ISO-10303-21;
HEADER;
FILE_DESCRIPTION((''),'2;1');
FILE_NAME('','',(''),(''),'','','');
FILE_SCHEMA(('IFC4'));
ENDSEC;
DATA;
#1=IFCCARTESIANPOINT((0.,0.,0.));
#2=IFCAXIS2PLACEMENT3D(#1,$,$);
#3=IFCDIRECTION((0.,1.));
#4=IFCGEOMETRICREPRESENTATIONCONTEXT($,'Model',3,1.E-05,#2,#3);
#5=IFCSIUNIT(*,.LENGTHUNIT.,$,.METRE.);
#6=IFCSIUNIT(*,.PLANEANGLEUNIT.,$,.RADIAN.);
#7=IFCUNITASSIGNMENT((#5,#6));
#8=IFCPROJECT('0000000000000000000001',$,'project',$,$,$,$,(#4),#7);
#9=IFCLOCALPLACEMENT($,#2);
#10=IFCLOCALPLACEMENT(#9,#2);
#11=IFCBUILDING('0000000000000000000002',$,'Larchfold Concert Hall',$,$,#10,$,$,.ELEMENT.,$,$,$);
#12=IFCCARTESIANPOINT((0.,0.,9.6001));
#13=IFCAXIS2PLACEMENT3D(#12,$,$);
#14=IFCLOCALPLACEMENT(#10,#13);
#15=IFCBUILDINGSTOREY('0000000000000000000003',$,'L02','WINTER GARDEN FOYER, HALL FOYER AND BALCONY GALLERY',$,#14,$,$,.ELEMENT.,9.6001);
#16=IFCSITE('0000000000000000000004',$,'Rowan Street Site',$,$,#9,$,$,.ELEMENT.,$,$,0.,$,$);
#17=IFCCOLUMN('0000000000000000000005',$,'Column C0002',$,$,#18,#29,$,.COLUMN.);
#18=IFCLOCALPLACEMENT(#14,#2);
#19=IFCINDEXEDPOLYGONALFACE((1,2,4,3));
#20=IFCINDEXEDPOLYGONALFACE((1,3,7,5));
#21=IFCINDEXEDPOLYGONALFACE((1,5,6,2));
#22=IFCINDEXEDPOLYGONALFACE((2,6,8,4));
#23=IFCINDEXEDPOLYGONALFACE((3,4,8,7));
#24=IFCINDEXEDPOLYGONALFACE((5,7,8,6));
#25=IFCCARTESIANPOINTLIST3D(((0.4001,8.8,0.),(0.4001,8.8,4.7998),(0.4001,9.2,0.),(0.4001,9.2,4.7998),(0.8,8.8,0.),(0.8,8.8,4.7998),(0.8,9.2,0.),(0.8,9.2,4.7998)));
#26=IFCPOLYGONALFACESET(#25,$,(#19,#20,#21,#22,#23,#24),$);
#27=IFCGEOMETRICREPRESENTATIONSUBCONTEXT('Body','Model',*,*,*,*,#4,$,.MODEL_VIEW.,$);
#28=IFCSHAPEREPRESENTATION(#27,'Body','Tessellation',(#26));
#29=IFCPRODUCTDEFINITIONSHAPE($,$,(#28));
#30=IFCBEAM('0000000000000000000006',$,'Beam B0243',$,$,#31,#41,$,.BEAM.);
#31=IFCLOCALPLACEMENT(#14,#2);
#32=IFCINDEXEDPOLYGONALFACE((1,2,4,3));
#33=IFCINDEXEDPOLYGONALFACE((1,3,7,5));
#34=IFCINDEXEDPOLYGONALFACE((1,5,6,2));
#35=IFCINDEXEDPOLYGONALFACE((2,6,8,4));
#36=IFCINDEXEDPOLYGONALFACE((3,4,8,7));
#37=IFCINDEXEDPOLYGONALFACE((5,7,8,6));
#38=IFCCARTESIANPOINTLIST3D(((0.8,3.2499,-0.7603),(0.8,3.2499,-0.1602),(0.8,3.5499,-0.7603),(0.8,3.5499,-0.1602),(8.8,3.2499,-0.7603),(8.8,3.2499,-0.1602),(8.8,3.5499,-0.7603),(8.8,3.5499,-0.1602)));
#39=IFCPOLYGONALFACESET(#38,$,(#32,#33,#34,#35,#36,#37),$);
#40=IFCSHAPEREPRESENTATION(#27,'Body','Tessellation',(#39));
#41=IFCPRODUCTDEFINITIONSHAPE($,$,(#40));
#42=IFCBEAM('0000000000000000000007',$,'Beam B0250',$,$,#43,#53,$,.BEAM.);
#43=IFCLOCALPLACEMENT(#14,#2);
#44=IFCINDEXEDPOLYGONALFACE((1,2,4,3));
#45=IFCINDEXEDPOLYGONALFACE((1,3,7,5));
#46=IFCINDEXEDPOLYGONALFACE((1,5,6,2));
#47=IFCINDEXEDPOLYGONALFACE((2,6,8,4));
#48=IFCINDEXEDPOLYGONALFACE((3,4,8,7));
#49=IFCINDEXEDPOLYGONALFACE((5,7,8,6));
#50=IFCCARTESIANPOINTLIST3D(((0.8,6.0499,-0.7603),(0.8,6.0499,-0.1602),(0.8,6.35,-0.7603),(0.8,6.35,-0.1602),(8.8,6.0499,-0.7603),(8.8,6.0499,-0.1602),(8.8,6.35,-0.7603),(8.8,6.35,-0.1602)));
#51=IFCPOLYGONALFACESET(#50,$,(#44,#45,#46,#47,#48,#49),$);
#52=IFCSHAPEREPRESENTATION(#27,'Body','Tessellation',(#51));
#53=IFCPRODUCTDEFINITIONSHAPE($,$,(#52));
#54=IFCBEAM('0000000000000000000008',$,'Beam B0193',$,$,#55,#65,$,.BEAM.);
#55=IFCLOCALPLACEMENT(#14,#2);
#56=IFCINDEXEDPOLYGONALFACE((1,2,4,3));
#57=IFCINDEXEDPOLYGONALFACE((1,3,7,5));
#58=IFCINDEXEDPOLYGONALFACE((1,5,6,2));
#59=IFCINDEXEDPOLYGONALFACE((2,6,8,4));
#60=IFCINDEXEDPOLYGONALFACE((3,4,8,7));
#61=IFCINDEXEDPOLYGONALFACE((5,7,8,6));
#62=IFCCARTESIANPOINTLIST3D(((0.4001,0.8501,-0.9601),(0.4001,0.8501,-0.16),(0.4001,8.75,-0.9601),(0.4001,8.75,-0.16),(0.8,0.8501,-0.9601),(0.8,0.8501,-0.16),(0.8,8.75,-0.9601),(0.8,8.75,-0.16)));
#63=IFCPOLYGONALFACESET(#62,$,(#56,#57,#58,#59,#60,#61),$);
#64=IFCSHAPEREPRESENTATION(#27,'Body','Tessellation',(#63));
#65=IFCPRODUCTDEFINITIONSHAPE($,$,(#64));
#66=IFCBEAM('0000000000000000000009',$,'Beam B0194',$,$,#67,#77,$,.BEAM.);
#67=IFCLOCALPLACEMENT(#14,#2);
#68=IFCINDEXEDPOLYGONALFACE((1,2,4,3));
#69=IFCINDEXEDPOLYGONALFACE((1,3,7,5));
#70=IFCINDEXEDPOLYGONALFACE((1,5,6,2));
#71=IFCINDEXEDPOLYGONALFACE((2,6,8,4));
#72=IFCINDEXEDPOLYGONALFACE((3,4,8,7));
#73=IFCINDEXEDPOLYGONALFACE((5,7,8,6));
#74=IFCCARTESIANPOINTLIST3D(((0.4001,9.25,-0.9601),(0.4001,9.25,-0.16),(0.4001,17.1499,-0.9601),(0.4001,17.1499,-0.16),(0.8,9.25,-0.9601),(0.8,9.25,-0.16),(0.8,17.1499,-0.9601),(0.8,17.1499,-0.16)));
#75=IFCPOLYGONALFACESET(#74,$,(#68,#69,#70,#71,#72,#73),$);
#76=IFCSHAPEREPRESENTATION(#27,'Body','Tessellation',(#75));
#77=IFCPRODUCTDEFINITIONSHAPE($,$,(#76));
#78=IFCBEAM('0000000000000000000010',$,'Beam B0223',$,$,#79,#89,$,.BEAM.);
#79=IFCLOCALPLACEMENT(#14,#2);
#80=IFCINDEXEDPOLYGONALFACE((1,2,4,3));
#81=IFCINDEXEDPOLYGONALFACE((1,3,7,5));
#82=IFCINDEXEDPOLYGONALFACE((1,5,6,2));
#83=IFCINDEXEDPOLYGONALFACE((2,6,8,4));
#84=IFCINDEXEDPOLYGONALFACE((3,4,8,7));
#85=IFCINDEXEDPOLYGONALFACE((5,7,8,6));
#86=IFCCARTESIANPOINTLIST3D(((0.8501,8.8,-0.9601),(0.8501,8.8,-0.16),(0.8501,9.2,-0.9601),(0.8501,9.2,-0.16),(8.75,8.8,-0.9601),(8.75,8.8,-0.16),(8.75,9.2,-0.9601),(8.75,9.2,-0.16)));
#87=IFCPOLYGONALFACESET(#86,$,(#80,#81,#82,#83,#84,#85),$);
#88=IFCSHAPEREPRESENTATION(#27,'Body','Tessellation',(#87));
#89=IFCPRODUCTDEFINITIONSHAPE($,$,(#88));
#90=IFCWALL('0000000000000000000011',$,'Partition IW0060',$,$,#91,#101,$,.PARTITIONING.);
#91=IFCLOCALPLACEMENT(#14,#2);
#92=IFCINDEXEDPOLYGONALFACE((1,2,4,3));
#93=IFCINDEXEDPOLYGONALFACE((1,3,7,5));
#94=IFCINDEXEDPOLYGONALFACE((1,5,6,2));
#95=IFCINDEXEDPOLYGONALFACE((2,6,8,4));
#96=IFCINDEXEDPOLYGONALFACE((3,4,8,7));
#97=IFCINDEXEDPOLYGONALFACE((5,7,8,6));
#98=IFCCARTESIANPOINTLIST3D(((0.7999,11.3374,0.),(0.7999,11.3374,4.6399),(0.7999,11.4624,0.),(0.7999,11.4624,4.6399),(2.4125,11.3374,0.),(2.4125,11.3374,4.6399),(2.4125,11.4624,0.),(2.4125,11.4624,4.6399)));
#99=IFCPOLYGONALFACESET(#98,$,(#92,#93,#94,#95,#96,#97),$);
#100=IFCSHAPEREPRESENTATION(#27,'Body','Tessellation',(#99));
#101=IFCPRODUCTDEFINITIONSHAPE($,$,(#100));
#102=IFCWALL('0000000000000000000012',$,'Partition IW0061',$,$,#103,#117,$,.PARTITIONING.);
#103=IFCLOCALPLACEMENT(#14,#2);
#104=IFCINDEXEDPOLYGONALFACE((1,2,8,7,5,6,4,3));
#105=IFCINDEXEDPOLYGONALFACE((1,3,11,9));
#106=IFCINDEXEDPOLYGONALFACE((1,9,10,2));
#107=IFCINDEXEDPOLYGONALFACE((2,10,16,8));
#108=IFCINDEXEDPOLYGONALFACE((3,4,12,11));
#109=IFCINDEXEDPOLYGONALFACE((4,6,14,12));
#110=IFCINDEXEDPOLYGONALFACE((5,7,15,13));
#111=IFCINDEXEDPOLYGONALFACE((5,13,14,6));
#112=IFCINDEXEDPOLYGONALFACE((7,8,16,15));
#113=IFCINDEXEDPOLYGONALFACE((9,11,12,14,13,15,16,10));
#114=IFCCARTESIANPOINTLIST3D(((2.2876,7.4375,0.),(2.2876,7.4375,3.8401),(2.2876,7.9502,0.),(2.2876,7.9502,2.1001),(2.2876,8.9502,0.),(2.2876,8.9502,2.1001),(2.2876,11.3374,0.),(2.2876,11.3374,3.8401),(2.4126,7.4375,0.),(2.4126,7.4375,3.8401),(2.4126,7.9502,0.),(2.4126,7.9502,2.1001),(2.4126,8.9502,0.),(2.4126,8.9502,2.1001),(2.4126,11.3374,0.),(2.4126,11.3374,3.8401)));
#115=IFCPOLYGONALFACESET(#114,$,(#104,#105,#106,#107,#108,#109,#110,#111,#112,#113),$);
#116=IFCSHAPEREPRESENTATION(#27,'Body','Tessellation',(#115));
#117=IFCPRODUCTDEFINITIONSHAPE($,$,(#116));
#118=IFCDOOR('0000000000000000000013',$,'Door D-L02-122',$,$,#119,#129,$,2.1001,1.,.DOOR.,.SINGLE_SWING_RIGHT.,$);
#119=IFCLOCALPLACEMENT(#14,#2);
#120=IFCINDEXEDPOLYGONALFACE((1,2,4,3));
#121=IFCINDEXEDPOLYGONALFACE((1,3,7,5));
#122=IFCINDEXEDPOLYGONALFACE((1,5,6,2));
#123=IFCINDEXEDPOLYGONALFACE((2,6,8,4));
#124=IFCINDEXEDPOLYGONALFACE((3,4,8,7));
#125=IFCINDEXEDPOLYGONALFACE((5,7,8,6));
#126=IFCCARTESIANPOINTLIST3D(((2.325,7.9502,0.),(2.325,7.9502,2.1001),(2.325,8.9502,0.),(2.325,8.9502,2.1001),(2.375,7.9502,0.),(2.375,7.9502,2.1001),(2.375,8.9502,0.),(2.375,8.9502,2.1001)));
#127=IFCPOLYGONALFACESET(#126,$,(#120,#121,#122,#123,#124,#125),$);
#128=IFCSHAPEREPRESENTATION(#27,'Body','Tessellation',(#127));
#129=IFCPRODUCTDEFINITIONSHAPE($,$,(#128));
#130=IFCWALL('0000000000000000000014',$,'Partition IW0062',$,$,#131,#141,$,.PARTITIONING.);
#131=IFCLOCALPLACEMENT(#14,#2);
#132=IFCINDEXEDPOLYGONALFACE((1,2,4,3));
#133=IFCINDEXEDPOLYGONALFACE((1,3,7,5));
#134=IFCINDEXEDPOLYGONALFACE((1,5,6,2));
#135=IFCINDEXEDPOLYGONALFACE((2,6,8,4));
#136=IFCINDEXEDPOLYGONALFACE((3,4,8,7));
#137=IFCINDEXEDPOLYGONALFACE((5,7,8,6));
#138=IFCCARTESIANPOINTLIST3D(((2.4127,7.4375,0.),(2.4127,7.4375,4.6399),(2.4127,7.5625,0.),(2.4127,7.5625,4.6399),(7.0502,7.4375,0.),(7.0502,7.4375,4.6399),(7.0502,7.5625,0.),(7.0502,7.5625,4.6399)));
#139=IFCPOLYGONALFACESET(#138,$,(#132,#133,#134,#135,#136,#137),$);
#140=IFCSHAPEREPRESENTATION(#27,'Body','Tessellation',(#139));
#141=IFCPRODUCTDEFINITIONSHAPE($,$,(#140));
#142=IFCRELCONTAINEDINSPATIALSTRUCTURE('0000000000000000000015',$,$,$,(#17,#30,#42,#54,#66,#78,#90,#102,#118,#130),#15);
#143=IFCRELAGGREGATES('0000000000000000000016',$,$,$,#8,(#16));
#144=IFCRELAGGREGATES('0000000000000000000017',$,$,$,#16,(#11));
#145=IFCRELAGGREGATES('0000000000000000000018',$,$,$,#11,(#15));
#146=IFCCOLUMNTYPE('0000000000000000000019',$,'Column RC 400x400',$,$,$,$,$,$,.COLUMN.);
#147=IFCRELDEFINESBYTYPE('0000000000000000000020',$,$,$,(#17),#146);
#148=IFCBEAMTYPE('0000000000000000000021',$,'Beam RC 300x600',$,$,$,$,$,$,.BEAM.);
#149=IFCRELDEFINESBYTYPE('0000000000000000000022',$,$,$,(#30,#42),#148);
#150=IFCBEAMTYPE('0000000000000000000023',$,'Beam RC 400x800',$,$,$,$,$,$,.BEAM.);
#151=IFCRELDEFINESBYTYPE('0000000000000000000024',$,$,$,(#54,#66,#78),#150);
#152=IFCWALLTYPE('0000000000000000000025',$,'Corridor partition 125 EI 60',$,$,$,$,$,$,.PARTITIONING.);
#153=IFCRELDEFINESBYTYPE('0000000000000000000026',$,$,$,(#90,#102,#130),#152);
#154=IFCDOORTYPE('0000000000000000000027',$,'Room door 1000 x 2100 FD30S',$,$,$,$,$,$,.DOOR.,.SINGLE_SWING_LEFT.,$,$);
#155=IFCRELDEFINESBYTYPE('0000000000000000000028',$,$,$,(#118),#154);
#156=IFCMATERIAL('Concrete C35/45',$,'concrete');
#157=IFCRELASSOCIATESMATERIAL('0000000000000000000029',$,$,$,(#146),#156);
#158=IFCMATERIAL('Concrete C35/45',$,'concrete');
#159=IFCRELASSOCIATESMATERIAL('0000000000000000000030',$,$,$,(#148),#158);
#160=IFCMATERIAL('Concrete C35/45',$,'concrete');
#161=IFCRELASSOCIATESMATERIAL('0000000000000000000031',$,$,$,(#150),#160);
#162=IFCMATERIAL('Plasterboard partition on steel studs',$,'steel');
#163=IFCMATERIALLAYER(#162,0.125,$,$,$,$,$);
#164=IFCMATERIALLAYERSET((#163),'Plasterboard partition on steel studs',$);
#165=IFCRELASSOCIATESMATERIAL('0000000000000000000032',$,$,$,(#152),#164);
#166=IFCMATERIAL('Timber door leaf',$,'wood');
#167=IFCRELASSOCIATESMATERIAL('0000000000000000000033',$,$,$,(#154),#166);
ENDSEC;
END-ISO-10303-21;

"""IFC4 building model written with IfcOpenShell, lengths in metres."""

from ifc_helpers import new_model, si_unit, direction, frame, frame_2d, origin, origin_2d, place, context, subcontext, project, spatial, rectangle, extrude, material, layer, layer_set, material_profile, profile_set, type_object, element, fill, save


model = new_model("IFC4")

# Units and contexts
model_context = context("Model", 3, precision=1e-05, world=origin(), true_north=direction((0.0, 1.0)))
body_context = subcontext(model_context, "Body", "Model", "MODEL_VIEW")
ifc_project = project(units=[si_unit("LENGTHUNIT", "METRE"), si_unit("PLANEANGLEUNIT", "RADIAN")], contexts=[model_context])

# Site, building, storey
site_placement = place(None, origin())
site = spatial("IfcSite", under=ifc_project, at=site_placement, Name="Rowan Street Site", CompositionType="ELEMENT", RefElevation=0.0)
building_placement = place(site_placement, origin())
building = spatial("IfcBuilding", under=site, at=building_placement, Name="Larchfold Concert Hall", CompositionType="ELEMENT")
storey_placement = place(building_placement, frame((0.0, 0.0, 9.6001)))
storey = spatial("IfcBuildingStorey", under=building, at=storey_placement, Name="L02", Description="WINTER GARDEN FOYER, HALL FOYER AND BALCONY GALLERY", CompositionType="ELEMENT", Elevation=9.6001)

# Column
ifc_material_1 = material(Name="Concrete C35/45", Category="concrete")
ifc_material_profile_1 = material_profile(ifc_material_1, rectangle(XDim=0.3999, YDim=0.3999, at=origin_2d()))
ifc_profile_set_1 = profile_set([ifc_material_profile_1], Name="Concrete C35/45")
column_type = type_object("IfcColumnType", Name="Column RC 400x400", PredefinedType="COLUMN", material=ifc_profile_set_1)
column_placement = place(storey_placement, frame((0.6001, 9.0, 0.0), z_axis=(0.0, 0.0, 1.0), x_axis=(1.0, 0.0, 0.0)))
element("IfcColumn", 1, at=column_placement, inside=storey, type_object=column_type, Name="Column C0002", PredefinedType="COLUMN", context=body_context, shape_type="SweptSolid", body=[
    extrude(rectangle(XDim=0.3999, YDim=0.3999, at=origin_2d()), origin(), (0.0, 0.0, 1.0), 4.7998),
])

# Beams
ifc_material_2 = material(Name="Concrete C35/45", Category="concrete")
ifc_material_profile_2 = material_profile(ifc_material_2, rectangle(XDim=0.3, YDim=0.6001, at=origin_2d()))
ifc_profile_set_2 = profile_set([ifc_material_profile_2], Name="Concrete C35/45")
beam_type_1 = type_object("IfcBeamType", Name="Beam RC 300x600", PredefinedType="BEAM", material=ifc_profile_set_2)
for number, where, z_axis, x_axis, name in (
    (2, (0.8, 3.3999, -0.4602), (1.0, 0.0, 0.0), (0.0, 1.0, 0.0), "Beam B0243"),
    (3, (0.8, 6.2, -0.4602), (1.0, 0.0, 0.0), (0.0, 1.0, 0.0), "Beam B0250"),
):
    element("IfcBeam", number, at=place(storey_placement, frame(where, z_axis=z_axis, x_axis=x_axis)), inside=storey, type_object=beam_type_1, Name=name, PredefinedType="BEAM", context=body_context, shape_type="SweptSolid", body=[
        extrude(rectangle(XDim=0.3, YDim=0.6001, at=origin_2d()), origin(), (0.0, 0.0, 1.0), 8.0),
    ])
ifc_material_3 = material(Name="Concrete C35/45", Category="concrete")
ifc_material_profile_3 = material_profile(ifc_material_3, rectangle(XDim=0.3999, YDim=0.8, at=origin_2d()))
ifc_profile_set_3 = profile_set([ifc_material_profile_3], Name="Concrete C35/45")
beam_type_2 = type_object("IfcBeamType", Name="Beam RC 400x800", PredefinedType="BEAM", material=ifc_profile_set_3)
for number, where, z_axis, x_axis, name in (
    (4, (0.6001, 0.8501, -0.5601), (0.0, 1.0, 0.0), (-1.0, 0.0, 0.0), "Beam B0193"),
    (5, (0.6001, 9.25, -0.5601), (0.0, 1.0, 0.0), (-1.0, 0.0, 0.0), "Beam B0194"),
    (6, (0.8501, 9.0, -0.5601), (1.0, 0.0, 0.0), (0.0, 1.0, 0.0), "Beam B0223"),
):
    element("IfcBeam", number, at=place(storey_placement, frame(where, z_axis=z_axis, x_axis=x_axis)), inside=storey, type_object=beam_type_2, Name=name, PredefinedType="BEAM", context=body_context, shape_type="SweptSolid", body=[
        extrude(rectangle(XDim=0.3999, YDim=0.8, at=origin_2d()), origin(), (0.0, 0.0, 1.0), 7.8999),
    ])

# Wall
ifc_material_4 = material(Name="Plasterboard partition on steel studs", Category="steel")
ifc_layer_1 = layer(ifc_material_4, 0.125)
ifc_layer_set_1 = layer_set([ifc_layer_1], Name="Plasterboard partition on steel studs")
wall_type_1 = type_object("IfcWallType", Name="Corridor partition 125 EI 60", PredefinedType="PARTITIONING", material=ifc_layer_set_1)
wall_1_placement = place(storey_placement, frame((0.8, 11.3999, 0.0), z_axis=(0.0, 0.0, 1.0), x_axis=(1.0, 0.0, 0.0)))
element("IfcWall", 7, at=wall_1_placement, inside=storey, type_object=wall_type_1, Name="Partition IW0060", PredefinedType="PARTITIONING", context=body_context, shape_type="SweptSolid", body=[
    extrude(rectangle(XDim=1.6125, YDim=0.125, at=frame_2d((0.8062, 0.0))), origin(), (0.0, 0.0, 1.0), 4.6399),
])

# Wall, opening, door
wall_2_placement = place(storey_placement, frame((2.3501, 11.3374, 0.0), z_axis=(0.0, 0.0, 1.0), x_axis=(0.0, -1.0, 0.0)))
wall_2 = element("IfcWall", 8, at=wall_2_placement, inside=storey, type_object=wall_type_1, Name="Partition IW0061", PredefinedType="PARTITIONING", context=body_context, shape_type="SweptSolid", body=[
    extrude(rectangle(XDim=3.8999, YDim=0.125, at=frame_2d((1.95, 0.0))), origin(), (0.0, 0.0, 1.0), 3.8401),
])
opening_1_placement = place(wall_2_placement, frame((2.3872, 0.0, 0.0)))
opening_1 = element("IfcOpeningElement", 9, at=opening_1_placement, cuts=wall_2, PredefinedType="OPENING", context=body_context, shape_type="SweptSolid", body=[
    extrude(rectangle(XDim=1.0, YDim=2.1001, at=frame_2d((0.5, 1.05))), frame((0.0, 0.0725, 0.0), z_axis=(0.0, -1.0, 0.0), x_axis=(1.0, 0.0, 0.0)), (0.0, 0.0, 1.0), 0.145),
])
ifc_material_5 = material(Name="Timber door leaf", Category="wood")
door_type = type_object("IfcDoorType", Name="Room door 1000 x 2100 FD30S", OperationType="SINGLE_SWING_LEFT", PredefinedType="DOOR", material=ifc_material_5)
door_placement = place(opening_1_placement, origin())
door = element("IfcDoor", 10, at=door_placement, inside=storey, type_object=door_type, Name="Door D-L02-122", OperationType="SINGLE_SWING_RIGHT", OverallHeight=2.1001, OverallWidth=1.0, PredefinedType="DOOR", context=body_context, shape_type="SweptSolid", body=[
    extrude(rectangle(XDim=1.0, YDim=2.1001, at=frame_2d((0.5, 1.05))), frame((0.0, 0.0249, 0.0), z_axis=(0.0, -1.0, 0.0), x_axis=(1.0, 0.0, 0.0)), (0.0, 0.0, 1.0), 0.05),
])
fill(opening_1, door)

# Wall
wall_3_placement = place(storey_placement, frame((2.4126, 7.5, 0.0), z_axis=(0.0, 0.0, 1.0), x_axis=(1.0, 0.0, 0.0)))
element("IfcWall", 11, at=wall_3_placement, inside=storey, type_object=wall_type_1, Name="Partition IW0062", PredefinedType="PARTITIONING", context=body_context, shape_type="SweptSolid", body=[
    extrude(rectangle(XDim=4.6375, YDim=0.125, at=frame_2d((2.3188, 0.0))), origin(), (0.0, 0.0, 1.0), 4.6399),
])

save(model, "model.ifc")
